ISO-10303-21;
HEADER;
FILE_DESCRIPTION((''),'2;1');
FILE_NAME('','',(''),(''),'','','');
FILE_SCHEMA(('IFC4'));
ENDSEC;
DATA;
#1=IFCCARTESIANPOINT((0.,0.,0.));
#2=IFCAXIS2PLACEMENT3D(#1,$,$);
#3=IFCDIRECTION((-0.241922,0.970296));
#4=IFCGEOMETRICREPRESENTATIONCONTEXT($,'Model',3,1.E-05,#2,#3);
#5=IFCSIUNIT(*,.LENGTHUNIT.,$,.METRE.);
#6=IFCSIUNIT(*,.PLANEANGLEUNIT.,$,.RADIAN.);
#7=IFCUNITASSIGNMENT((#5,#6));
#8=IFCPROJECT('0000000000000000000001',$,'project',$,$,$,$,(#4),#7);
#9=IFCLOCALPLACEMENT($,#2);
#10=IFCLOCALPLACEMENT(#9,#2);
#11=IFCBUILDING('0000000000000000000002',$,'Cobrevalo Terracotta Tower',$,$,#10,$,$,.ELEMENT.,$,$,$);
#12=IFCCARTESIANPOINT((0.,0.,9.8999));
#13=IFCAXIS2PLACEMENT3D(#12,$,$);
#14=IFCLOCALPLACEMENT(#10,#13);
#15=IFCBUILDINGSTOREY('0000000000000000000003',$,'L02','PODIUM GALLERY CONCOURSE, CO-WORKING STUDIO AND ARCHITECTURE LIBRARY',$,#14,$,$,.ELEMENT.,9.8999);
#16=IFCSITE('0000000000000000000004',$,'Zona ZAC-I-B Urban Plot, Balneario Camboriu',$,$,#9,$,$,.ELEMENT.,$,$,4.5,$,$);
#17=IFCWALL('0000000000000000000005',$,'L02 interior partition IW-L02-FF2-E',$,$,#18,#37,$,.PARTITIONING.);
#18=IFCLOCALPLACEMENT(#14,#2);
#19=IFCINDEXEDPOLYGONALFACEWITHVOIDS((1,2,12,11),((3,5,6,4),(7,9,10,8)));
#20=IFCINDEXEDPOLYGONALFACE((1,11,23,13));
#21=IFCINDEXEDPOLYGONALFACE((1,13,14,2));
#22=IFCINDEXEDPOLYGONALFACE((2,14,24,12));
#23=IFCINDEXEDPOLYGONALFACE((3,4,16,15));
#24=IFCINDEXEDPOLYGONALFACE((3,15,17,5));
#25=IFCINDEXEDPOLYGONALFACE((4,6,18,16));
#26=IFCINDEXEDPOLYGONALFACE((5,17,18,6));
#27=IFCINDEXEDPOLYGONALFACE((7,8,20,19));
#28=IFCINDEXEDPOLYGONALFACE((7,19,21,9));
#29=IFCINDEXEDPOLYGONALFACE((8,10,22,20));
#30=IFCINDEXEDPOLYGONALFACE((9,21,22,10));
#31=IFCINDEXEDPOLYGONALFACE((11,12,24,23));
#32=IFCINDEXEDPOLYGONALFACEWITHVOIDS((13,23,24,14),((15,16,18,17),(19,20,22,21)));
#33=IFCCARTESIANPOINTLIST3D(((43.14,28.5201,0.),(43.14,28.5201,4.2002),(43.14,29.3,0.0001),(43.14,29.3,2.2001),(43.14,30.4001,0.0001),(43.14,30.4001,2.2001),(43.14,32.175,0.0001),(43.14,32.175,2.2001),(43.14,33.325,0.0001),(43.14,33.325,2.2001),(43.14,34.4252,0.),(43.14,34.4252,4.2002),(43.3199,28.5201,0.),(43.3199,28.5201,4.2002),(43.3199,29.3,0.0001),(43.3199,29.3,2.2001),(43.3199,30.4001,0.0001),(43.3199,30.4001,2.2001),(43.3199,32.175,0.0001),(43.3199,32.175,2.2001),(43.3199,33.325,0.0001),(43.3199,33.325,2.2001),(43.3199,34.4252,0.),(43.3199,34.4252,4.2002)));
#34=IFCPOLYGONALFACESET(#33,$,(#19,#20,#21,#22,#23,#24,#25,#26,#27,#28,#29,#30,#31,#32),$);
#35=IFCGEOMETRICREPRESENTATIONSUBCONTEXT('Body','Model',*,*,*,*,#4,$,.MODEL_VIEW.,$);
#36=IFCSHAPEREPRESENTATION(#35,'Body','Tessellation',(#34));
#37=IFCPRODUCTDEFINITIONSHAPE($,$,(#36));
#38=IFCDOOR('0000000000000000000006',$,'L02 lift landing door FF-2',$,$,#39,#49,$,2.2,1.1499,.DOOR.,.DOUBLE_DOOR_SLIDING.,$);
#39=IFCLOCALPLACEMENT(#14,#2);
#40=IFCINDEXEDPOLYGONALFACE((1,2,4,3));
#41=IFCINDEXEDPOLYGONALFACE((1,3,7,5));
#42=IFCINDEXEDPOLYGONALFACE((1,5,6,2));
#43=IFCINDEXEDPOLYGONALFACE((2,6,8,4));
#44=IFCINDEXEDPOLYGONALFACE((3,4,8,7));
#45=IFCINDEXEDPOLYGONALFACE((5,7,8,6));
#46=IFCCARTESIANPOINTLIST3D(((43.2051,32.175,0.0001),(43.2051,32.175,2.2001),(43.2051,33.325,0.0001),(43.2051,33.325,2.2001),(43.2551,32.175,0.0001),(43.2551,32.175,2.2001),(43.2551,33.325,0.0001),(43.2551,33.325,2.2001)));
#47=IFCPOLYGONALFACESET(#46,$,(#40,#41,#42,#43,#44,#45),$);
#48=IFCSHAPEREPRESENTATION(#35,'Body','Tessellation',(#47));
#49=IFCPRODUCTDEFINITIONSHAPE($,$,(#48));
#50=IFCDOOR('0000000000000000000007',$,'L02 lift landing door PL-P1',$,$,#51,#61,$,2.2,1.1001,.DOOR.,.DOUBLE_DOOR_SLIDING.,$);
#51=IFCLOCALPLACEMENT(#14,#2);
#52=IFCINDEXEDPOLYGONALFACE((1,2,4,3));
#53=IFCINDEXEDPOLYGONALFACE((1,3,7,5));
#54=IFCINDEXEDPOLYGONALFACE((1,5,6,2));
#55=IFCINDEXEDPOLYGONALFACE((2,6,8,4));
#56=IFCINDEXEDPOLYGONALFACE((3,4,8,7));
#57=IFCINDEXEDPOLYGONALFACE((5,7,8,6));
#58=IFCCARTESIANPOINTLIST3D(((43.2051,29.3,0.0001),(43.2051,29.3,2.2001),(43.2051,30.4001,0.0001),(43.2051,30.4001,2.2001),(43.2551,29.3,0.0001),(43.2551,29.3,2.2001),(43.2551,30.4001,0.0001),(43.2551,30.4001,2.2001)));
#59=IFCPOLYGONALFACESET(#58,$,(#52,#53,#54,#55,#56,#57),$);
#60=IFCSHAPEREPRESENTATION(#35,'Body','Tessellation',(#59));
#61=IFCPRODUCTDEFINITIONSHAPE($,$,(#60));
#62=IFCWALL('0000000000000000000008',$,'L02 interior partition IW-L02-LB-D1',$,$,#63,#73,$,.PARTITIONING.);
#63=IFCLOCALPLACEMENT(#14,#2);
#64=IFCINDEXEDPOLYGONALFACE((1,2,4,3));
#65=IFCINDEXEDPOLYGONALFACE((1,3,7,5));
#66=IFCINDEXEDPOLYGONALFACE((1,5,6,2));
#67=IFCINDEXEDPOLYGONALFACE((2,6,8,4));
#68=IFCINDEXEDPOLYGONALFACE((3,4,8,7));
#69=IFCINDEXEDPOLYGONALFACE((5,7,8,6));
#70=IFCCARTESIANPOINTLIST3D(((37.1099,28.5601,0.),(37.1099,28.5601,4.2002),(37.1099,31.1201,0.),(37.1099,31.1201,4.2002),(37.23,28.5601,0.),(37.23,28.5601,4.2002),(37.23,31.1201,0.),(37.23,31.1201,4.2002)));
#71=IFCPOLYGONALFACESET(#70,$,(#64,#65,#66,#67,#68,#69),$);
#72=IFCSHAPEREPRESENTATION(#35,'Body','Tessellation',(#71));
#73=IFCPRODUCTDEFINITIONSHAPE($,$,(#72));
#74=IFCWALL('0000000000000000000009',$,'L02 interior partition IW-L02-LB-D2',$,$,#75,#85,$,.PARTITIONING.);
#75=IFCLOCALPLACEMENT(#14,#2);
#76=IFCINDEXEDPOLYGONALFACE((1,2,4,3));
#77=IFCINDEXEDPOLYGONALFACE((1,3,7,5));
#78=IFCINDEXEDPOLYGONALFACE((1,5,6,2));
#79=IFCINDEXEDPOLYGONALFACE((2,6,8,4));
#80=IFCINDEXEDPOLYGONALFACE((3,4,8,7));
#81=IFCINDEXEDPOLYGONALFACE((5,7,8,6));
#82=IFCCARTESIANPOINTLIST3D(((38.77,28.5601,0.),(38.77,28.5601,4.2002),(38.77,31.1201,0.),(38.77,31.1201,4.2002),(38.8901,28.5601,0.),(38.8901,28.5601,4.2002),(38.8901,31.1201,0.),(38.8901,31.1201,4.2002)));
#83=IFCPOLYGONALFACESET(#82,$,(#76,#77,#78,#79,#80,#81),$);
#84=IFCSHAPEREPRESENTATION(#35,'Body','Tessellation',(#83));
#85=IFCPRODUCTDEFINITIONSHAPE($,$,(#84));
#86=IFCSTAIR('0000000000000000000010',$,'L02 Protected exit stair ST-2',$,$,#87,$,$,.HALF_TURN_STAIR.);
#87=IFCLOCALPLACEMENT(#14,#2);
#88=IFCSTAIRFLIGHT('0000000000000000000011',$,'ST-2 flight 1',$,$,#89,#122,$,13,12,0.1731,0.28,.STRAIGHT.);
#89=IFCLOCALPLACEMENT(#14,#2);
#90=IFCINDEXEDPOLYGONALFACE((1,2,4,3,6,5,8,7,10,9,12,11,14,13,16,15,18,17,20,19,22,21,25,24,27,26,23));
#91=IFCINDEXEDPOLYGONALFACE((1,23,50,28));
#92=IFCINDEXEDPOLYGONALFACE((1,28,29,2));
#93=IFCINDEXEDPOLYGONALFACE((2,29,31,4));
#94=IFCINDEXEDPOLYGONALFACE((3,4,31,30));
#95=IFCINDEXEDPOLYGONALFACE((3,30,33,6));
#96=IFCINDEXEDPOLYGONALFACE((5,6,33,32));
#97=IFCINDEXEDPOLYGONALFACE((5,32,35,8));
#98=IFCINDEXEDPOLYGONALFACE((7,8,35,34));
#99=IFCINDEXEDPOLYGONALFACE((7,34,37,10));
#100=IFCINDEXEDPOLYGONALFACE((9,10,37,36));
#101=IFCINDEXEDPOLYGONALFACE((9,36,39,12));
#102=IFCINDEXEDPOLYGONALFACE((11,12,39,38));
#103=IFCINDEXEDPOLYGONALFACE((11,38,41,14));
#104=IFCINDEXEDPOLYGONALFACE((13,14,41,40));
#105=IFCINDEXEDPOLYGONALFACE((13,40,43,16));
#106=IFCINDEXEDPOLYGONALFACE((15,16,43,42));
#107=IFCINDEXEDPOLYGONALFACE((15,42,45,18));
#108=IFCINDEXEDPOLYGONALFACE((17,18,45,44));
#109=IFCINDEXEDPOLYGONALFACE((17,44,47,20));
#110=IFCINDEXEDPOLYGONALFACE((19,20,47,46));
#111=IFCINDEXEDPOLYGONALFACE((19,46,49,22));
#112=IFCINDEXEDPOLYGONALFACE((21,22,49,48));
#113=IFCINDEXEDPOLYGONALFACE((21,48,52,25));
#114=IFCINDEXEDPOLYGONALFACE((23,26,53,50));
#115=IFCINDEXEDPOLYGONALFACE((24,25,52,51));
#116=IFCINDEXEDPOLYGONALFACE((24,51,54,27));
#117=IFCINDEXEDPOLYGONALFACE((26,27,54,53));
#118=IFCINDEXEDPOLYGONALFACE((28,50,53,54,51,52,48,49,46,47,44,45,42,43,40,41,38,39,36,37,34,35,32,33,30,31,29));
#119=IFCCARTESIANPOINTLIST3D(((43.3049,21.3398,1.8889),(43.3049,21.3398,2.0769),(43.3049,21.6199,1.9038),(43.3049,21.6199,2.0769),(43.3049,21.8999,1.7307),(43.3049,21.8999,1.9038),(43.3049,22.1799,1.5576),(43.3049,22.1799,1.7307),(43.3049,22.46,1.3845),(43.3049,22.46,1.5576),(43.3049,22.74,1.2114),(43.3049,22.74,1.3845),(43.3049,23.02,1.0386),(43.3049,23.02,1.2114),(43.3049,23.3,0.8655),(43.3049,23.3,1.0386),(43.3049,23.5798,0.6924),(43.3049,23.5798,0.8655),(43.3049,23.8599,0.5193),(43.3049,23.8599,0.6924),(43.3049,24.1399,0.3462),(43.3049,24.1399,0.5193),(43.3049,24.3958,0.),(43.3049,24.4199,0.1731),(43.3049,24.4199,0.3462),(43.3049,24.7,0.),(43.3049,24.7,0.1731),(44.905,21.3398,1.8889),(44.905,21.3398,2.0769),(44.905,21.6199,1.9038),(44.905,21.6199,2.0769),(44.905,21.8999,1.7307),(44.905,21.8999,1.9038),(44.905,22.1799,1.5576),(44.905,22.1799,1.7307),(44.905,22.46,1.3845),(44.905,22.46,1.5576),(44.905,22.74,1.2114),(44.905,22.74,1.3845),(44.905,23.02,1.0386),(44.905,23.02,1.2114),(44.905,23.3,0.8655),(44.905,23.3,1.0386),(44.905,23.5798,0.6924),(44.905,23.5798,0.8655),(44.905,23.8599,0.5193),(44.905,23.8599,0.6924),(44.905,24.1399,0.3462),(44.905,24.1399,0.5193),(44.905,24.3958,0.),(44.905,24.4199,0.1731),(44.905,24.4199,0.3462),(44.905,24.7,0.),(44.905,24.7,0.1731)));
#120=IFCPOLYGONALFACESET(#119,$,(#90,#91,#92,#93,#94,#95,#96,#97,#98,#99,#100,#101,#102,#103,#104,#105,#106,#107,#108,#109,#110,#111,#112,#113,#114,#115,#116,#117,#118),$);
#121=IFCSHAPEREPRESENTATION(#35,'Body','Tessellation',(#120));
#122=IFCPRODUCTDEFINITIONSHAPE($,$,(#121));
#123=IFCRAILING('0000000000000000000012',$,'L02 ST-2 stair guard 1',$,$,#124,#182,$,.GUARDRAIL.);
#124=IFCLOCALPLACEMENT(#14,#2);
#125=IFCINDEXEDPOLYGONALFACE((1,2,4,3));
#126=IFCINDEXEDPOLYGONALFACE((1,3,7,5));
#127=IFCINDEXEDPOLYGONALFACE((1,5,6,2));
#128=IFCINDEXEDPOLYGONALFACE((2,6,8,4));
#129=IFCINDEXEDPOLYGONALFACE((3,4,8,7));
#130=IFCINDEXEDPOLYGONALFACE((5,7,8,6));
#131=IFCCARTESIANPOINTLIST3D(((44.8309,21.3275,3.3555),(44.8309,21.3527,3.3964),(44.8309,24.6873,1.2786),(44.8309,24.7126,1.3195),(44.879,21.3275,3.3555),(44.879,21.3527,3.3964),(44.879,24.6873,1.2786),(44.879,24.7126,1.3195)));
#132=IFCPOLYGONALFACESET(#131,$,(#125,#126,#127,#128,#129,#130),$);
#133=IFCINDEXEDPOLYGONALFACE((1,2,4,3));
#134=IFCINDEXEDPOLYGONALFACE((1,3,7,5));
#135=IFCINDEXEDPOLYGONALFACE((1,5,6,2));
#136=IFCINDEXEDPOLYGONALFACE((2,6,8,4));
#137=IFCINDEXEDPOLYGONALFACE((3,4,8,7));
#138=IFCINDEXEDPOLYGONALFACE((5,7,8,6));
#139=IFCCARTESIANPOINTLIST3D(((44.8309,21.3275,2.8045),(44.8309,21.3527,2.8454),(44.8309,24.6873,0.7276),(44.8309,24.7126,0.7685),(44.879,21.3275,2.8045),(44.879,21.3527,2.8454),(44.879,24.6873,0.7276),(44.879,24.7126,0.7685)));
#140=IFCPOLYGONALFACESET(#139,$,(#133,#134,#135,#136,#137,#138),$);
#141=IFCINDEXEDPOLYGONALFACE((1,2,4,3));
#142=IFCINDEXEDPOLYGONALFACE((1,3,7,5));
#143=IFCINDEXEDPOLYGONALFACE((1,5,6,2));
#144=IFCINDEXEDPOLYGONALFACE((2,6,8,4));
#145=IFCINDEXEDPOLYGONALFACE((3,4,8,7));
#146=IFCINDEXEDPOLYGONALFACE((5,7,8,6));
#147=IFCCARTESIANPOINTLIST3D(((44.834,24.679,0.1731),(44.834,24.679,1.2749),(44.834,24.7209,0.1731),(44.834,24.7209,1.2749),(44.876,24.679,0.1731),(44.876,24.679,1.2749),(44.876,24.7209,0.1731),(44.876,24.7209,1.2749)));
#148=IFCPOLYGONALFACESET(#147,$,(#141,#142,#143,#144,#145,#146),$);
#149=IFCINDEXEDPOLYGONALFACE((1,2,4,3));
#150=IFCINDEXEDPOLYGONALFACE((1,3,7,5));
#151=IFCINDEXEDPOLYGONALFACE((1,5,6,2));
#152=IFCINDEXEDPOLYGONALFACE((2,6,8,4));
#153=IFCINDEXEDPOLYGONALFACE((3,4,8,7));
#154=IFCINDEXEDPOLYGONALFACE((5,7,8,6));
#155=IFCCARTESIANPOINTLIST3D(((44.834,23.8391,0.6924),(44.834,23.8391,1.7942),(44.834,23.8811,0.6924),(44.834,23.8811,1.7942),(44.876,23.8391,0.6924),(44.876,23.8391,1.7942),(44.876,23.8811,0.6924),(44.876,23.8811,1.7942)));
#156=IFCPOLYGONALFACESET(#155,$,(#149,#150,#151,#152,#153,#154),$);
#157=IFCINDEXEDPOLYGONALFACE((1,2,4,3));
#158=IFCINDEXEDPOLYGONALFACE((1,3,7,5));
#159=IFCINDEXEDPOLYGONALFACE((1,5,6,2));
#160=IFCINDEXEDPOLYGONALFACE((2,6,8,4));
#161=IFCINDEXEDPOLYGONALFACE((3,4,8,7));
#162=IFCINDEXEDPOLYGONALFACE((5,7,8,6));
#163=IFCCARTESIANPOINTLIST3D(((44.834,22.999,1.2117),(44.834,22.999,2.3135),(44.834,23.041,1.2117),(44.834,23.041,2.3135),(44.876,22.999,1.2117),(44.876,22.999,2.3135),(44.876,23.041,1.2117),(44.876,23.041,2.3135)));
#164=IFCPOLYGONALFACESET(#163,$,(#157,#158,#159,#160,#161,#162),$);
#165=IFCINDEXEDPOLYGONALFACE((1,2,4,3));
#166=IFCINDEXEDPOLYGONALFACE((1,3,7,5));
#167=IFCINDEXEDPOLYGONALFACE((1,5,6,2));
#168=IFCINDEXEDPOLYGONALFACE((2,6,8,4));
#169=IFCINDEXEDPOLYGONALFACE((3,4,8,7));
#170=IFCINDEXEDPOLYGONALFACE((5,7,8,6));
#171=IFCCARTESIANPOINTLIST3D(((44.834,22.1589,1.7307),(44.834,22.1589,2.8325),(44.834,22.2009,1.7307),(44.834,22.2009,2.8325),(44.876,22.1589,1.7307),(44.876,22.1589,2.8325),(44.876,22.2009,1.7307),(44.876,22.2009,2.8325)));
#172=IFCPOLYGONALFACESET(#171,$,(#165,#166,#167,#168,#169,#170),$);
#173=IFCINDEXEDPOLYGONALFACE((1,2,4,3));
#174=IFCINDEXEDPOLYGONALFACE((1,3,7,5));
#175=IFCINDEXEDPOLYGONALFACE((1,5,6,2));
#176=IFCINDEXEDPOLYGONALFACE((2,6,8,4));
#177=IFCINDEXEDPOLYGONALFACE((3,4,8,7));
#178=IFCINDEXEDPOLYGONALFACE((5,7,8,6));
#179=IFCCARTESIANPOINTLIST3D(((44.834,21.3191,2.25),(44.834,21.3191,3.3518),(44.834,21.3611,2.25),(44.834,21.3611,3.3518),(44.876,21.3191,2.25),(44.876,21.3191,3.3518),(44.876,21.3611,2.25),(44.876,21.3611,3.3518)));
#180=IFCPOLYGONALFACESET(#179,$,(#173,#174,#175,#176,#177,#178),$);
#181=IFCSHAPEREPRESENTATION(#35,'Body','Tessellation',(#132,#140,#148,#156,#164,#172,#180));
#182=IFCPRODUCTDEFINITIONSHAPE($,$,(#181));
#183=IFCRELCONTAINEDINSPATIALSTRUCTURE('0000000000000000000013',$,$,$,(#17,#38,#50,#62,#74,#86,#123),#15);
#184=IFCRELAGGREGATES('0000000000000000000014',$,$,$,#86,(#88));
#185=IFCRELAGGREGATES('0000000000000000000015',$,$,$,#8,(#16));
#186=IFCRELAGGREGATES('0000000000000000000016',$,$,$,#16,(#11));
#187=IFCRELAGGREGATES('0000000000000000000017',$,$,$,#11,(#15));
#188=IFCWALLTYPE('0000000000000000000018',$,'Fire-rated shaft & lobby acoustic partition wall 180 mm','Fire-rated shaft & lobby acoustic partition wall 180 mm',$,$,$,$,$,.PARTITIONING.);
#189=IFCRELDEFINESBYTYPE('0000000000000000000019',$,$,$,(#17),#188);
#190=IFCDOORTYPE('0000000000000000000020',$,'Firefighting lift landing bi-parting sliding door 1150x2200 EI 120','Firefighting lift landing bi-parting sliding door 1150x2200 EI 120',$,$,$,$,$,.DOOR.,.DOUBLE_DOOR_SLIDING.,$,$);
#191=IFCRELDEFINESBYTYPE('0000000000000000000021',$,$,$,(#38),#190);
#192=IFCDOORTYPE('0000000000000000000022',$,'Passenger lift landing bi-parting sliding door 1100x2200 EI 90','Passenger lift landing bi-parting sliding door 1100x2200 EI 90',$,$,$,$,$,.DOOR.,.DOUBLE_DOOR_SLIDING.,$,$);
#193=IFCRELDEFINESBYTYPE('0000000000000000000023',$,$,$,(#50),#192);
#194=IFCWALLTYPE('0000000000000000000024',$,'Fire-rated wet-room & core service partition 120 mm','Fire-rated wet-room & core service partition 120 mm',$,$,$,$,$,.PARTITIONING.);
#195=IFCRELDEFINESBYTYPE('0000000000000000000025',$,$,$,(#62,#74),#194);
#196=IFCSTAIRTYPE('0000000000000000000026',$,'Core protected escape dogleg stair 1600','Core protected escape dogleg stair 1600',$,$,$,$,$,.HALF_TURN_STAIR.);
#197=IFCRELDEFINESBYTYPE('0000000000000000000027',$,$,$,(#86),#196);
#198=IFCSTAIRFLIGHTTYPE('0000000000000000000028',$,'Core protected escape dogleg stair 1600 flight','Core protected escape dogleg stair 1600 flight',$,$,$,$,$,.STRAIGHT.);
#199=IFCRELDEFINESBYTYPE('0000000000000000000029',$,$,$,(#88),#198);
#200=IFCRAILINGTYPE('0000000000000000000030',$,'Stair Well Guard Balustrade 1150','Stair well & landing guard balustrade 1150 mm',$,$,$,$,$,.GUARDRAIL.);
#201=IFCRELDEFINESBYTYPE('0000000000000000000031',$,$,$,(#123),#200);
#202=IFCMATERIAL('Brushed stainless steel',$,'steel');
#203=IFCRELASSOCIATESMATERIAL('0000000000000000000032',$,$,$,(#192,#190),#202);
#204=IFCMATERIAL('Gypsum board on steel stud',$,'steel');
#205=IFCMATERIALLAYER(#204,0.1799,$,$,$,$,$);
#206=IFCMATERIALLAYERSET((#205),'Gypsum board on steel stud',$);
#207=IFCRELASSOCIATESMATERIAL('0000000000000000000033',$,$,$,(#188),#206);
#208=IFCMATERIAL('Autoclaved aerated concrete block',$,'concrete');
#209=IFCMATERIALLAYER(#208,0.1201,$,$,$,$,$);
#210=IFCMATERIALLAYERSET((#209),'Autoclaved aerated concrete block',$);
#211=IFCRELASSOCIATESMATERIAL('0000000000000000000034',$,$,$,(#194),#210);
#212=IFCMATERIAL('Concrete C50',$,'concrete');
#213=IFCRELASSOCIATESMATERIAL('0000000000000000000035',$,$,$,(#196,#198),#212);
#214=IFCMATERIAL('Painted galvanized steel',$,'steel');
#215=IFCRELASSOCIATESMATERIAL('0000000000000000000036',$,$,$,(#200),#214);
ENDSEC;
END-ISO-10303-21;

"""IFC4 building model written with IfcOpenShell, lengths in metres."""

from ifc_helpers import new_model, si_unit, direction, frame, frame_2d, origin, origin_2d, place, context, subcontext, project, spatial, polyline, rectangle, outline, extrude, source, transform, mapped, material, layer, layer_set, type_object, element, fill, aggregate, save


model = new_model("IFC4")

# Units and contexts
model_context = context("Model", 3, precision=1e-05, world=origin(), true_north=direction((-0.241922, 0.970296)))
body_context = subcontext(model_context, "Body", "Model", "MODEL_VIEW")
ifc_project = project(units=[si_unit("LENGTHUNIT", "METRE"), si_unit("PLANEANGLEUNIT", "RADIAN")], contexts=[model_context])

# Site, building, storey
site_placement = place(None, origin())
site = spatial("IfcSite", under=ifc_project, at=site_placement, Name="Zona ZAC-I-B Urban Plot, Balneario Camboriu", CompositionType="ELEMENT", RefElevation=4.5)
building_placement = place(site_placement, origin())
building = spatial("IfcBuilding", under=site, at=building_placement, Name="Cobrevalo Terracotta Tower", CompositionType="ELEMENT")
storey_placement = place(building_placement, frame((0.0, 0.0, 9.8999)))
storey = spatial("IfcBuildingStorey", under=building, at=storey_placement, Name="L02", Description="PODIUM GALLERY CONCOURSE, CO-WORKING STUDIO AND ARCHITECTURE LIBRARY", CompositionType="ELEMENT", Elevation=9.8999)

# Shared definitions
ifc_material_1 = material(Name="Gypsum board on steel stud", Category="steel")

# Shared definitions
ifc_material_2 = material(Name="Brushed stainless steel", Category="steel")
door_type_1 = type_object("IfcDoorType", Name="Passenger lift landing bi-parting sliding door 1100x2200 EI 90", Description="Passenger lift landing bi-parting sliding door 1100x2200 EI 90", OperationType="DOUBLE_DOOR_SLIDING", PredefinedType="DOOR", material=ifc_material_2)
shared_shape_1 = source(origin(), body_context, "Body", "SweptSolid", [
    extrude(rectangle(XDim=1.1001, YDim=2.2, at=frame_2d((0.55, 1.1001))), frame((0.0, 0.0249, 0.0), z_axis=(0.0, -1.0, 0.0), x_axis=(1.0, 0.0, 0.0)), (0.0, 0.0, 1.0), 0.05),
])

# Shared definitions
ifc_layer_1 = layer(ifc_material_1, 0.1799)
ifc_layer_set_1 = layer_set([ifc_layer_1], Name="Gypsum board on steel stud")
wall_type_1 = type_object("IfcWallType", Name="Fire-rated shaft & lobby acoustic partition wall 180 mm", Description="Fire-rated shaft & lobby acoustic partition wall 180 mm", PredefinedType="PARTITIONING", material=ifc_layer_set_1)

# Wall, openings, doors
wall_1_placement = place(storey_placement, frame((43.23, 28.52, 0.0), z_axis=(0.0, 0.0, 1.0), x_axis=(0.0, 1.0, 0.0)))
wall_1 = element("IfcWall", 1, at=wall_1_placement, inside=storey, type_object=wall_type_1, Name="L02 interior partition IW-L02-FF2-E", PredefinedType="PARTITIONING", context=body_context, shape_type="SweptSolid", body=[
    extrude(rectangle(XDim=5.905, YDim=0.1799, at=frame_2d((2.9526, 0.0))), origin(), (0.0, 0.0, 1.0), 4.2002),
])
opening_1_placement = place(wall_1_placement, frame((3.655, 0.0, 0.0)))
opening_1 = element("IfcOpeningElement", 2, at=opening_1_placement, cuts=wall_1, PredefinedType="OPENING", context=body_context, shape_type="SweptSolid", body=[
    extrude(rectangle(XDim=1.1499, YDim=2.2, at=frame_2d((0.575, 1.1001))), frame((0.0, 0.1001, 0.0), z_axis=(0.0, -1.0, 0.0), x_axis=(1.0, 0.0, 0.0)), (0.0, 0.0, 1.0), 0.2),
])
opening_2_placement = place(wall_1_placement, frame((0.78, 0.0, 0.0)))
opening_2 = element("IfcOpeningElement", 3, at=opening_2_placement, cuts=wall_1, PredefinedType="OPENING", context=body_context, shape_type="SweptSolid", body=[
    extrude(rectangle(XDim=1.1001, YDim=2.2, at=frame_2d((0.55, 1.1001))), frame((0.0, 0.1001, 0.0), z_axis=(0.0, -1.0, 0.0), x_axis=(1.0, 0.0, 0.0)), (0.0, 0.0, 1.0), 0.2),
])
door_type_2 = type_object("IfcDoorType", Name="Firefighting lift landing bi-parting sliding door 1150x2200 EI 120", Description="Firefighting lift landing bi-parting sliding door 1150x2200 EI 120", OperationType="DOUBLE_DOOR_SLIDING", PredefinedType="DOOR", material=ifc_material_2)
shared_shape_2 = source(origin(), body_context, "Body", "SweptSolid", [
    extrude(rectangle(XDim=1.1499, YDim=2.2, at=frame_2d((0.575, 1.1001))), frame((0.0, 0.0249, 0.0), z_axis=(0.0, -1.0, 0.0), x_axis=(1.0, 0.0, 0.0)), (0.0, 0.0, 1.0), 0.05),
])
door_1_placement = place(opening_1_placement, origin())
door_1 = element("IfcDoor", 4, at=door_1_placement, inside=storey, type_object=door_type_2, Name="L02 lift landing door FF-2", OperationType="DOUBLE_DOOR_SLIDING", OverallHeight=2.2, OverallWidth=1.1499, PredefinedType="DOOR", context=body_context, shape_type="MappedRepresentation", body=[
    mapped(shared_shape_2, transform((0.0, 0.0, 0.0), scale=1.0)),
])
fill(opening_1, door_1)
door_2_placement = place(opening_2_placement, origin())
door_2 = element("IfcDoor", 5, at=door_2_placement, inside=storey, type_object=door_type_1, Name="L02 lift landing door PL-P1", OperationType="DOUBLE_DOOR_SLIDING", OverallHeight=2.2, OverallWidth=1.1001, PredefinedType="DOOR", context=body_context, shape_type="MappedRepresentation", body=[
    mapped(shared_shape_1, transform((0.0, 0.0, 0.0), scale=1.0)),
])
fill(opening_2, door_2)

# Walls
ifc_material_3 = material(Name="Autoclaved aerated concrete block", Category="concrete")
ifc_layer_2 = layer(ifc_material_3, 0.1201)
ifc_layer_set_2 = layer_set([ifc_layer_2], Name="Autoclaved aerated concrete block")
wall_type_2 = type_object("IfcWallType", Name="Fire-rated wet-room & core service partition 120 mm", Description="Fire-rated wet-room & core service partition 120 mm", PredefinedType="PARTITIONING", material=ifc_layer_set_2)
for number, where, z_axis, x_axis, name in (
    (6, (37.1699, 28.5601, 0.0), (0.0, 0.0, 1.0), (0.0, 1.0, 0.0), "L02 interior partition IW-L02-LB-D1"),
    (7, (38.8301, 28.5601, 0.0), (0.0, 0.0, 1.0), (0.0, 1.0, 0.0), "L02 interior partition IW-L02-LB-D2"),
):
    element("IfcWall", number, at=place(storey_placement, frame(where, z_axis=z_axis, x_axis=x_axis)), inside=storey, type_object=wall_type_2, Name=name, PredefinedType="PARTITIONING", context=body_context, shape_type="SweptSolid", body=[
        extrude(rectangle(XDim=2.5601, YDim=0.1201, at=frame_2d((1.28, 0.0))), origin(), (0.0, 0.0, 1.0), 4.2002),
    ])

# Shared definitions
ifc_material_4 = material(Name="Concrete C50", Category="concrete")

# Stair, stair flight
stair_type = type_object("IfcStairType", Name="Core protected escape dogleg stair 1600", Description="Core protected escape dogleg stair 1600", PredefinedType="HALF_TURN_STAIR", material=ifc_material_4)
stair_placement = place(storey_placement, origin())
stair = element("IfcStair", 8, at=stair_placement, inside=storey, type_object=stair_type, Name="L02 Protected exit stair ST-2", PredefinedType="HALF_TURN_STAIR")
stair_flight_type = type_object("IfcStairFlightType", Name="Core protected escape dogleg stair 1600 flight", Description="Core protected escape dogleg stair 1600 flight", PredefinedType="STRAIGHT", material=ifc_material_4)
stair_flight_placement = place(storey_placement, frame((44.105, 24.7, 0.0), z_axis=(0.0, 0.0, 1.0), x_axis=(0.0, -1.0, 0.0)))
stair_flight = element("IfcStairFlight", 9, at=stair_flight_placement, type_object=stair_flight_type, Name="ST-2 flight 1", NumberOfRisers=13, NumberOfTreads=12, PredefinedType="STRAIGHT", RiserHeight=0.1731, TreadLength=0.28, context=body_context, shape_type="SweptSolid", body=[
    extrude(outline(polyline([(0.0, 0.0), (0.0, 0.1731), (0.28, 0.1731), (0.28, 0.3462), (0.5601, 0.3462), (0.5601, 0.5193), (0.8401, 0.5193), (0.8401, 0.6924), (1.1201, 0.6924), (1.1201, 0.8655), (1.3999, 0.8655), (1.3999, 1.0386), (1.6799, 1.0386), (1.6799, 1.2114), (1.96, 1.2114), (1.96, 1.3845), (2.24, 1.3845), (2.24, 1.5576), (2.52, 1.5576), (2.52, 1.7307), (2.8, 1.7307), (2.8, 1.9038), (3.0801, 1.9038), (3.0801, 2.0769), (3.3601, 2.0769), (3.3601, 2.25), (3.3601, 1.8889), (0.3042, 0.0), (0.0, 0.0)])), frame((0.0, 0.8, 0.0), z_axis=(0.0, -1.0, 0.0), x_axis=(1.0, 0.0, 0.0)), (0.0, 0.0, 1.0), 1.6001),
])
aggregate(stair, [stair_flight])

# Railing
ifc_material_5 = material(Name="Painted galvanized steel", Category="steel")
railing_type = type_object("IfcRailingType", Name="Stair Well Guard Balustrade 1150", Description="Stair well & landing guard balustrade 1150 mm", PredefinedType="GUARDRAIL", material=ifc_material_5)
railing_1_placement = place(storey_placement, frame((44.855, 24.7, 0.1731)))
element("IfcRailing", 10, at=railing_1_placement, inside=storey, type_object=railing_type, Name="L02 ST-2 stair guard 1", PredefinedType="GUARDRAIL", context=body_context, shape_type="SweptSolid", body=[
    extrude(rectangle(XDim=0.0481, YDim=0.0481, at=origin_2d()), frame((0.0, 0.0, 1.126), z_axis=(0.0, -0.850606, 0.525803), x_axis=(1.0, 0.0, 0.0)), (0.0, 0.0, 1.0), 3.95),
    extrude(rectangle(XDim=0.0481, YDim=0.0481, at=origin_2d()), frame((0.0, 0.0, 0.575), z_axis=(0.0, -0.850606, 0.525803), x_axis=(1.0, 0.0, 0.0)), (0.0, 0.0, 1.0), 3.95),
    extrude(rectangle(XDim=0.042, YDim=0.042, at=origin_2d()), origin(), (0.0, 0.0, 1.0), 1.1018),
    extrude(rectangle(XDim=0.042, YDim=0.042, at=origin_2d()), frame((0.0, -0.8398, 0.5193)), (0.0, 0.0, 1.0), 1.1018),
    extrude(rectangle(XDim=0.042, YDim=0.042, at=origin_2d()), frame((0.0, -1.6799, 1.0386)), (0.0, 0.0, 1.0), 1.1018),
    extrude(rectangle(XDim=0.042, YDim=0.042, at=origin_2d()), frame((0.0, -2.52, 1.5576)), (0.0, 0.0, 1.0), 1.1018),
    extrude(rectangle(XDim=0.042, YDim=0.042, at=origin_2d()), frame((0.0, -3.3599, 2.0769)), (0.0, 0.0, 1.0), 1.1018),
])

save(model, "model.ifc")
